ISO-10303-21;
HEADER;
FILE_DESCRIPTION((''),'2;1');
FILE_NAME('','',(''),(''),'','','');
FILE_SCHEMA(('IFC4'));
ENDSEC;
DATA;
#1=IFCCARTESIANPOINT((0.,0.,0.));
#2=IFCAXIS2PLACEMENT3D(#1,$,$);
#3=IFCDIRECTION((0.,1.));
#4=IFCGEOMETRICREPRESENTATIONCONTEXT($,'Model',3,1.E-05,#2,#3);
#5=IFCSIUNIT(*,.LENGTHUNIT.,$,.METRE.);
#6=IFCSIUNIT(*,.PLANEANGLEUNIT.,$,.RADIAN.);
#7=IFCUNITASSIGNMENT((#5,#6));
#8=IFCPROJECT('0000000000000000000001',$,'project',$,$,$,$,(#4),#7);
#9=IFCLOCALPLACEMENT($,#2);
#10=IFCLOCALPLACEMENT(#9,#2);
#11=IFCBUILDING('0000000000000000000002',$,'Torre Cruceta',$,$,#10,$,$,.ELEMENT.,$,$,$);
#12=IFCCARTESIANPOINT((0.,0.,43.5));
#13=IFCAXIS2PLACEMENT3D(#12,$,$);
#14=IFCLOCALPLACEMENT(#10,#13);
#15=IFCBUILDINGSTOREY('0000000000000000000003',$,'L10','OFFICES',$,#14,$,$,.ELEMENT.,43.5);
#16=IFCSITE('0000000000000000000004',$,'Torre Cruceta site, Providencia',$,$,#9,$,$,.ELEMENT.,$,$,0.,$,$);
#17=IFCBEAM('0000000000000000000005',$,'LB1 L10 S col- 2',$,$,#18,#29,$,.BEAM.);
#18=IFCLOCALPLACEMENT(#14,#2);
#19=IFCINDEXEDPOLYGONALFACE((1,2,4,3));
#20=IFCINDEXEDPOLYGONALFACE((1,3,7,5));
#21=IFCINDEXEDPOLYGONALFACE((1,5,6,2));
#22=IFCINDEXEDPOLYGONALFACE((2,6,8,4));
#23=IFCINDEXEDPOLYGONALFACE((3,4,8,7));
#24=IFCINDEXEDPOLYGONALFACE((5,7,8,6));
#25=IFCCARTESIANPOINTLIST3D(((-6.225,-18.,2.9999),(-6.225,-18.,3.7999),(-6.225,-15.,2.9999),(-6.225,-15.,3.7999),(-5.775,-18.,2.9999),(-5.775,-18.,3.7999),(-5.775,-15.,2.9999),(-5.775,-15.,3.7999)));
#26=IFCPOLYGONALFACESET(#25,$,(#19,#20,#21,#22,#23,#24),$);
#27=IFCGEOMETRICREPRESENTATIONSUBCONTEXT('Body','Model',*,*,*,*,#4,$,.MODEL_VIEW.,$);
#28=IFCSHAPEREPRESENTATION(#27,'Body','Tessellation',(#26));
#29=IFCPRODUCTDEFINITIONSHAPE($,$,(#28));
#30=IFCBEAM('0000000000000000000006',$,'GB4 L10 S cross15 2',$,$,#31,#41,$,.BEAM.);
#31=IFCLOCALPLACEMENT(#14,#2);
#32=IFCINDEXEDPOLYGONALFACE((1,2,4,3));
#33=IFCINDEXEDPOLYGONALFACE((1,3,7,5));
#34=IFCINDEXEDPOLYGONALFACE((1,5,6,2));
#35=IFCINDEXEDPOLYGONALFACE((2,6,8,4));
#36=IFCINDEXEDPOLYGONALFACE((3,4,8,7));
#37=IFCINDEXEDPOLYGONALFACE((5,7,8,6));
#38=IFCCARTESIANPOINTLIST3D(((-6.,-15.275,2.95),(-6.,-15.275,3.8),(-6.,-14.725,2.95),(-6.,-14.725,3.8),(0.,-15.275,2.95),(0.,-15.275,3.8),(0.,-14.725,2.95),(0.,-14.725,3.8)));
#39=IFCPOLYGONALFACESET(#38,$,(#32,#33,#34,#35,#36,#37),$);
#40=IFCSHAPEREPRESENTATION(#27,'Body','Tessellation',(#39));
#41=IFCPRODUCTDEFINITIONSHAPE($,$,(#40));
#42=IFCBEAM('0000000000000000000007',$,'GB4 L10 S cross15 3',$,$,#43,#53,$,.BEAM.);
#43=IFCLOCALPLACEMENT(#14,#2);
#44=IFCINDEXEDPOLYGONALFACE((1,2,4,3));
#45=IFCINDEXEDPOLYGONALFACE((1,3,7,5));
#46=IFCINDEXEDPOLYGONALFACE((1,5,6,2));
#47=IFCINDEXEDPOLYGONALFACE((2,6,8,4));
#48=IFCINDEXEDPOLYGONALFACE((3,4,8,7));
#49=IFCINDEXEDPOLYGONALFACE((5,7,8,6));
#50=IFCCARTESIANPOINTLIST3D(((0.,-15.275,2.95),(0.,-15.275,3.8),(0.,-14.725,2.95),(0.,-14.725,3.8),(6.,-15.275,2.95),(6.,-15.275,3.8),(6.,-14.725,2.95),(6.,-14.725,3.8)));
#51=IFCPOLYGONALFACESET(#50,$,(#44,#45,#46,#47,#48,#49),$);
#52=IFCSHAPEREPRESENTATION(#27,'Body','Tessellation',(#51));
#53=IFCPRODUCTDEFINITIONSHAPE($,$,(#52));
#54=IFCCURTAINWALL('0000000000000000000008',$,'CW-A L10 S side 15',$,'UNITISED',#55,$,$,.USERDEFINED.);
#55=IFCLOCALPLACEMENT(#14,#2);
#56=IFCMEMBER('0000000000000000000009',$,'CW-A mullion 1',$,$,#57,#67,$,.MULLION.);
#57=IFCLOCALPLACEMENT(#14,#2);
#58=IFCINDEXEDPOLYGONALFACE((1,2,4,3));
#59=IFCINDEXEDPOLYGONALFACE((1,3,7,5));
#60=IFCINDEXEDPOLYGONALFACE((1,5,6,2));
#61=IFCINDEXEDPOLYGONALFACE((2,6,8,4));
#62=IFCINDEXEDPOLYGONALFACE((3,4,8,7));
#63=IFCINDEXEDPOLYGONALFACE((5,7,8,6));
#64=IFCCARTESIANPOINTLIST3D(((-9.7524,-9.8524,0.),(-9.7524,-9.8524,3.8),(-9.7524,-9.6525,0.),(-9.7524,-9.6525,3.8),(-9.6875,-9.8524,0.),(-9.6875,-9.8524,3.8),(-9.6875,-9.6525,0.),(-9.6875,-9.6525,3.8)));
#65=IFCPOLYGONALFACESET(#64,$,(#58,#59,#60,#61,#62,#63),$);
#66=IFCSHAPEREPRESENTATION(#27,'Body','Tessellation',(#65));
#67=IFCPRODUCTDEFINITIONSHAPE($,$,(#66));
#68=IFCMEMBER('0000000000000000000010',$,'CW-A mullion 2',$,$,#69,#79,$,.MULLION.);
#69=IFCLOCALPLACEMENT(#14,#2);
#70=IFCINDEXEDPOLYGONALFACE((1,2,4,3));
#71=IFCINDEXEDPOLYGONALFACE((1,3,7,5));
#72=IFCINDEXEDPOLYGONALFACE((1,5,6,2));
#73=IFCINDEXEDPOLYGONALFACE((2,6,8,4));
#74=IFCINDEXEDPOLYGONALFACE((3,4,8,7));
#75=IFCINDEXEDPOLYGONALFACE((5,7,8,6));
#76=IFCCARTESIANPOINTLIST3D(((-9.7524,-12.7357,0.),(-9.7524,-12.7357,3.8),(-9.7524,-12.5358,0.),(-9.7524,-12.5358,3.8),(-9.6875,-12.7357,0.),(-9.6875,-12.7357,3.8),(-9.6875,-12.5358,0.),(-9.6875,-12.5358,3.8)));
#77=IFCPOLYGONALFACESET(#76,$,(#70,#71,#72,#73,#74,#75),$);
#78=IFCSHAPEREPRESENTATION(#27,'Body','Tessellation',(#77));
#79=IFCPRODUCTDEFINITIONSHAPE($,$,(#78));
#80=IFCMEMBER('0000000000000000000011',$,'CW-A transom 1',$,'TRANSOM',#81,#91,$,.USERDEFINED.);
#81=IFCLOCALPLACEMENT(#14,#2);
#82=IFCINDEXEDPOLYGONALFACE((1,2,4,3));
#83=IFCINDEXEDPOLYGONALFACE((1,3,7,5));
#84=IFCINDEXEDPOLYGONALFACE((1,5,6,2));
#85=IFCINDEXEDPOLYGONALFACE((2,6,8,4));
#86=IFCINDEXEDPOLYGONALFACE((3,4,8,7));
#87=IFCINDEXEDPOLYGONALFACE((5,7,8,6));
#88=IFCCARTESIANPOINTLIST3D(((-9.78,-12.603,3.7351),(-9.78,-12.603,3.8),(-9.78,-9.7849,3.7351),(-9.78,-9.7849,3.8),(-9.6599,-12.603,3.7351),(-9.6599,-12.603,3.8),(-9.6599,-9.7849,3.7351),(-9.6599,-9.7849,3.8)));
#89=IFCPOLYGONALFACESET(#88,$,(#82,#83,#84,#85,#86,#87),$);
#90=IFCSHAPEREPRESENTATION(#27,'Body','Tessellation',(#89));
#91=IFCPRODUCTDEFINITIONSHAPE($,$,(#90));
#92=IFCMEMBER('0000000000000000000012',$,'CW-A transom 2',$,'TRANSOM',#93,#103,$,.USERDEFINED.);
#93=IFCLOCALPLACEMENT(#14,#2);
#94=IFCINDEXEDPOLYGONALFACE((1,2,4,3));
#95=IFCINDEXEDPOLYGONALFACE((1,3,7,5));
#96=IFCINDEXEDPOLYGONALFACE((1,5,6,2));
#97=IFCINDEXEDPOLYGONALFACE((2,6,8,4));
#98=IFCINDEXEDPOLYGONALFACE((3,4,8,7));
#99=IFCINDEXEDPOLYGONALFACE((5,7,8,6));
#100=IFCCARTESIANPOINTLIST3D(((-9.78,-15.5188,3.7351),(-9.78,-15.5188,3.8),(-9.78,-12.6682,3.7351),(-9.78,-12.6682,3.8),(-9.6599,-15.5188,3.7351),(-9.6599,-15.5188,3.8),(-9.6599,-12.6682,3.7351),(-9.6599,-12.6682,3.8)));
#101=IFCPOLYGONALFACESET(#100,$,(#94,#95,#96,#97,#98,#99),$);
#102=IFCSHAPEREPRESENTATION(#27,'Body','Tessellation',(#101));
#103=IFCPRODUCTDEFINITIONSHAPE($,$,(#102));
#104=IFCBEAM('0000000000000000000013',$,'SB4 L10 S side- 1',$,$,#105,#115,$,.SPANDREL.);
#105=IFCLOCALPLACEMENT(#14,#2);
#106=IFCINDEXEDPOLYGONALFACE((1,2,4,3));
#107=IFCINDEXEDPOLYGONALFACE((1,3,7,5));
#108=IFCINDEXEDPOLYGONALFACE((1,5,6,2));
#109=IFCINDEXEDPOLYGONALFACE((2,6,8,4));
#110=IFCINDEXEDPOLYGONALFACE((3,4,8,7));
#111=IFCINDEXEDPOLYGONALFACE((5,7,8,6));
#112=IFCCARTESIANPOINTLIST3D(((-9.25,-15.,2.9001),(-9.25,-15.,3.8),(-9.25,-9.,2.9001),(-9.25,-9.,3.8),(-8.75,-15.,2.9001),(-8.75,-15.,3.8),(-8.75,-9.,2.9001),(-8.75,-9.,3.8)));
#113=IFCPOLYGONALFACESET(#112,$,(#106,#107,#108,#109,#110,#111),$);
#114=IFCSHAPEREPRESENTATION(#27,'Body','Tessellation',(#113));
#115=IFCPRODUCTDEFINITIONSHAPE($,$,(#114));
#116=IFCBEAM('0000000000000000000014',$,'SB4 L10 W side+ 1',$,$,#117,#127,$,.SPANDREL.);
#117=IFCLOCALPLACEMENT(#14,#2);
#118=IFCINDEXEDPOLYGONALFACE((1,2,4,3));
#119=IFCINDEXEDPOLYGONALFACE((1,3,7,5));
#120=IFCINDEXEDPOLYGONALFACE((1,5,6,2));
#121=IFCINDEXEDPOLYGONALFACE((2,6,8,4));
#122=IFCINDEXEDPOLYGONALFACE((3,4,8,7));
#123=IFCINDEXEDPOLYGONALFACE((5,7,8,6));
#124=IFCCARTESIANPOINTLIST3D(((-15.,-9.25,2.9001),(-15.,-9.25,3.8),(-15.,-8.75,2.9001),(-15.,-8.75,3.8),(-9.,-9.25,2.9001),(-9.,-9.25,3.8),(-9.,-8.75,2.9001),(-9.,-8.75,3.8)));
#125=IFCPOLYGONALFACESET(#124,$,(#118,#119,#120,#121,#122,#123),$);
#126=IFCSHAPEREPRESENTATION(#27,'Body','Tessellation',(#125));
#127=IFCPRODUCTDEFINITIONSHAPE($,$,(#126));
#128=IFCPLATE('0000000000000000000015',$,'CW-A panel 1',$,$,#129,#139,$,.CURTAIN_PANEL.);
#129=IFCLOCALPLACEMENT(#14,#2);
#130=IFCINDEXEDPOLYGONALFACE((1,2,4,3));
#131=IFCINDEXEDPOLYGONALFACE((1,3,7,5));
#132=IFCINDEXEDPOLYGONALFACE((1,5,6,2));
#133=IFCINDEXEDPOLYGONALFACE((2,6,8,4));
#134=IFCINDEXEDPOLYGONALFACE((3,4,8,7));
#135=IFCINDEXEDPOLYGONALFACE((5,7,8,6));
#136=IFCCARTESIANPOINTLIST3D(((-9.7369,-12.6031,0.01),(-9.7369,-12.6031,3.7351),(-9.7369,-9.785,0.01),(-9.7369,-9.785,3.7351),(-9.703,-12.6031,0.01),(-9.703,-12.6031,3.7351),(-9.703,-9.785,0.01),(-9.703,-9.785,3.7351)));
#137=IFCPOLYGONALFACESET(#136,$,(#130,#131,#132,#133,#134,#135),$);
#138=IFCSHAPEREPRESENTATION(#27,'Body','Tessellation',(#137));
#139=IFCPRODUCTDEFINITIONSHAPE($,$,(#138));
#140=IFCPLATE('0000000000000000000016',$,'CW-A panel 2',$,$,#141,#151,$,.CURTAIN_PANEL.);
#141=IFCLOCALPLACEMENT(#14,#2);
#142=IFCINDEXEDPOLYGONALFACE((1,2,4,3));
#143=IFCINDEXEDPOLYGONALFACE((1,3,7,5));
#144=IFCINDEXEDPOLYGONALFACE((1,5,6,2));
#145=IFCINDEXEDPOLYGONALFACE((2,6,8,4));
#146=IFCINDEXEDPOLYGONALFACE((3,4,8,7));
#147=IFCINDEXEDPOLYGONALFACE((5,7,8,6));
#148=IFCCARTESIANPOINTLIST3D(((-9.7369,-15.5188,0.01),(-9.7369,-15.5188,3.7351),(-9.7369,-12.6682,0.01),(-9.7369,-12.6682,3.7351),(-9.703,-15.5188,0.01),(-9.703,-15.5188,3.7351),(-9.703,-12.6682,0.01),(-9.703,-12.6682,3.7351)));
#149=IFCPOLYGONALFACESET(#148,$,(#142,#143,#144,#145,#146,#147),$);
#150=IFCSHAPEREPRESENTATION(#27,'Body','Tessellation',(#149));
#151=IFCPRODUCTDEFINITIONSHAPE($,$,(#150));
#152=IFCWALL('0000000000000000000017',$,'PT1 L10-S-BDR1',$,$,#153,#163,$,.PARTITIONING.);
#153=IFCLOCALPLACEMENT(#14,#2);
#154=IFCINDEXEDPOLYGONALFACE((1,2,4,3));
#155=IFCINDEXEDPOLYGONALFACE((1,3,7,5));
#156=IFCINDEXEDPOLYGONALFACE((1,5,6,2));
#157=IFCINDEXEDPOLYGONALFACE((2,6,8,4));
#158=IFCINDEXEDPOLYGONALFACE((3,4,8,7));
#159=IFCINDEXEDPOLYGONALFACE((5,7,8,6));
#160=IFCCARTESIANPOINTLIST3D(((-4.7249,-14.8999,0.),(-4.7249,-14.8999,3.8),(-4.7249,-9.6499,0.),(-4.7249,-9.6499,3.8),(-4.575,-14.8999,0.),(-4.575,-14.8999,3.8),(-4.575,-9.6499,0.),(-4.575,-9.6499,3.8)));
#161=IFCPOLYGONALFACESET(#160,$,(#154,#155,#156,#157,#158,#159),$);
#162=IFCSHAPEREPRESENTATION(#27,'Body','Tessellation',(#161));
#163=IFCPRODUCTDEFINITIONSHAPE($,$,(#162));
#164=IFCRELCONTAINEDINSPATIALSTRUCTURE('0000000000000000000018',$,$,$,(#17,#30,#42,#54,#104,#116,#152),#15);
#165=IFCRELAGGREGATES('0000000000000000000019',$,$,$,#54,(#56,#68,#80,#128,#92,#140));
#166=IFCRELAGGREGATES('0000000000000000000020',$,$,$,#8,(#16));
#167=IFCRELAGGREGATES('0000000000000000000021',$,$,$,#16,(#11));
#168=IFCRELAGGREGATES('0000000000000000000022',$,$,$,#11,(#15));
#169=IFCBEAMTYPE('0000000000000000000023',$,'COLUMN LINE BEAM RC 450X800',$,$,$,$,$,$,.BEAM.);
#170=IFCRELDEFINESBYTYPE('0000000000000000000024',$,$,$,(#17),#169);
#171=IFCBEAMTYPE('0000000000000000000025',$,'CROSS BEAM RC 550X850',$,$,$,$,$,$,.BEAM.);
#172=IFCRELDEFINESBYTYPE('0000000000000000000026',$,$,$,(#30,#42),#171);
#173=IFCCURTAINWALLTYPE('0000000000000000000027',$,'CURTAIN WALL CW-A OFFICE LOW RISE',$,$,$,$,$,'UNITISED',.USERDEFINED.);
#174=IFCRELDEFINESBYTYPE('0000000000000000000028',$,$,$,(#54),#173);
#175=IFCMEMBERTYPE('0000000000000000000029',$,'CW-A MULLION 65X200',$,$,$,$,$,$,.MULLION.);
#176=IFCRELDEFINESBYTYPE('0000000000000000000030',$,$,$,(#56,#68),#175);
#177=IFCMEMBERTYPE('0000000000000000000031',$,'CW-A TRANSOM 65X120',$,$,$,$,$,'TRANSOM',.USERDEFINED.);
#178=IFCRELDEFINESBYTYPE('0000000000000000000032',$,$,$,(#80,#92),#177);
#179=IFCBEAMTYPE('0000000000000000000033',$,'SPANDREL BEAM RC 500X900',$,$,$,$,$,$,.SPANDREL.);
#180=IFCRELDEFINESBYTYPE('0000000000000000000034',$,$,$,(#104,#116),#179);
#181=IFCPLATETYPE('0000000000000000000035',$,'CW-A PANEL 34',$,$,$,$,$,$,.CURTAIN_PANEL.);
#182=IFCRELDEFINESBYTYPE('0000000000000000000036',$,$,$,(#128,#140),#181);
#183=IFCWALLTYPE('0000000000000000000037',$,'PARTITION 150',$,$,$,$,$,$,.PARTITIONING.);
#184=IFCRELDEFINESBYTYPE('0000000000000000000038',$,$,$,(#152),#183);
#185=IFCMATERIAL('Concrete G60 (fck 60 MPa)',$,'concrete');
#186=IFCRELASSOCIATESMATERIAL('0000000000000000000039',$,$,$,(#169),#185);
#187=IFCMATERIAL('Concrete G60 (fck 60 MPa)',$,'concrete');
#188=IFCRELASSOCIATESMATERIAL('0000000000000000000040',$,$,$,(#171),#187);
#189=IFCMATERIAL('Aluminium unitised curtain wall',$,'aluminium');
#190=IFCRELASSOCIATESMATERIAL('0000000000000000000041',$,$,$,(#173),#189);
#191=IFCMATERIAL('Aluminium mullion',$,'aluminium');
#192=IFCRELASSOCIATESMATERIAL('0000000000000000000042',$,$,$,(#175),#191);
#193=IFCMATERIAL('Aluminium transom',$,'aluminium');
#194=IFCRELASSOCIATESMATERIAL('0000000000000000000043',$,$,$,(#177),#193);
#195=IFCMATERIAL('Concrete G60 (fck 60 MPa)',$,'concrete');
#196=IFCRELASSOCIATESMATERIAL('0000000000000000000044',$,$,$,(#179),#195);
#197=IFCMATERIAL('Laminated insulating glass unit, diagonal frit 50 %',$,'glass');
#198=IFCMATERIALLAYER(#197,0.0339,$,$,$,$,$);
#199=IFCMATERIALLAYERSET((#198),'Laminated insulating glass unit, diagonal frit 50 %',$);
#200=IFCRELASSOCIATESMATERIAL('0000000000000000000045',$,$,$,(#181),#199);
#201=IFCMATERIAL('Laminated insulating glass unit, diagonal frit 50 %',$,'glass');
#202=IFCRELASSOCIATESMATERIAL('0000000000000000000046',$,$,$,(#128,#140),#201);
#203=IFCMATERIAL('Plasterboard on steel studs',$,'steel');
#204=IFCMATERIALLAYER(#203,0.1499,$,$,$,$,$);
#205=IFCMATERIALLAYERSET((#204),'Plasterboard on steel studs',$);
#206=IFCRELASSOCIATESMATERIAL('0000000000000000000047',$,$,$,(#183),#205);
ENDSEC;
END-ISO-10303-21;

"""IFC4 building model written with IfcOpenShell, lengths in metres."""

from ifc_helpers import new_model, si_unit, direction, frame, frame_2d, origin, origin_2d, place, context, subcontext, project, spatial, rectangle, extrude, material, layer, layer_set, material_profile, profile_set, type_object, element, aggregate, save


model = new_model("IFC4")

# Units and contexts
model_context = context("Model", 3, precision=1e-05, world=origin(), true_north=direction((0.0, 1.0)))
body_context = subcontext(model_context, "Body", "Model", "MODEL_VIEW")
ifc_project = project(units=[si_unit("LENGTHUNIT", "METRE"), si_unit("PLANEANGLEUNIT", "RADIAN")], contexts=[model_context])

# Site, building, storey
site_placement = place(None, origin())
site = spatial("IfcSite", under=ifc_project, at=site_placement, Name="Torre Cruceta site, Providencia", CompositionType="ELEMENT", RefElevation=0.0)
building_placement = place(site_placement, origin())
building = spatial("IfcBuilding", under=site, at=building_placement, Name="Torre Cruceta", CompositionType="ELEMENT")
storey_placement = place(building_placement, frame((0.0, 0.0, 43.5)))
storey = spatial("IfcBuildingStorey", under=building, at=storey_placement, Name="L10", Description="OFFICES", CompositionType="ELEMENT", Elevation=43.5)

# Beams
ifc_material_1 = material(Name="Concrete G60 (fck 60 MPa)", Category="concrete")
ifc_material_profile_1 = material_profile(ifc_material_1, rectangle(XDim=0.45, YDim=0.8, at=origin_2d()), Name="RC 450X800")
ifc_profile_set_1 = profile_set([ifc_material_profile_1], Name="Concrete G60 (fck 60 MPa)")
beam_type_1 = type_object("IfcBeamType", Name="COLUMN LINE BEAM RC 450X800", PredefinedType="BEAM", material=ifc_profile_set_1)
beam_placement = place(storey_placement, frame((-6.0, -15.0, 3.3999), z_axis=(0.0, -1.0, 0.0), x_axis=(1.0, 0.0, 0.0)))
element("IfcBeam", 1, at=beam_placement, inside=storey, type_object=beam_type_1, Name="LB1 L10 S col- 2", PredefinedType="BEAM", context=body_context, shape_type="SweptSolid", body=[
    extrude(rectangle(XDim=0.45, YDim=0.8, at=origin_2d()), origin(), (0.0, 0.0, 1.0), 3.0),
])
ifc_material_2 = material(Name="Concrete G60 (fck 60 MPa)", Category="concrete")
ifc_material_profile_2 = material_profile(ifc_material_2, rectangle(XDim=0.55, YDim=0.8501, at=origin_2d()), Name="RC 550X850")
ifc_profile_set_2 = profile_set([ifc_material_profile_2], Name="Concrete G60 (fck 60 MPa)")
beam_type_2 = type_object("IfcBeamType", Name="CROSS BEAM RC 550X850", PredefinedType="BEAM", material=ifc_profile_set_2)
for number, where, z_axis, x_axis, name in (
    (2, (-6.0, -15.0, 3.375), (1.0, 0.0, 0.0), (0.0, 1.0, 0.0), "GB4 L10 S cross15 2"),
    (3, (0.0, -15.0, 3.375), (1.0, 0.0, 0.0), (0.0, 1.0, 0.0), "GB4 L10 S cross15 3"),
):
    element("IfcBeam", number, at=place(storey_placement, frame(where, z_axis=z_axis, x_axis=x_axis)), inside=storey, type_object=beam_type_2, Name=name, PredefinedType="BEAM", context=body_context, shape_type="SweptSolid", body=[
        extrude(rectangle(XDim=0.55, YDim=0.8501, at=origin_2d()), origin(), (0.0, 0.0, 1.0), 6.0),
    ])

# Curtain wall, members
ifc_material_3 = material(Name="Aluminium unitised curtain wall", Category="aluminium")
curtain_wall_type = type_object("IfcCurtainWallType", Name="CURTAIN WALL CW-A OFFICE LOW RISE", ElementType="UNITISED", PredefinedType="USERDEFINED", material=ifc_material_3)
curtain_wall_placement = place(storey_placement, origin())
curtain_wall = element("IfcCurtainWall", 4, at=curtain_wall_placement, inside=storey, type_object=curtain_wall_type, Name="CW-A L10 S side 15", ObjectType="UNITISED", PredefinedType="USERDEFINED")
ifc_material_4 = material(Name="Aluminium mullion", Category="aluminium")
ifc_material_profile_3 = material_profile(ifc_material_4, rectangle(XDim=0.0649, YDim=0.2, at=origin_2d()), Name="AL 65X200")
ifc_profile_set_3 = profile_set([ifc_material_profile_3], Name="Aluminium mullion")
member_type_1 = type_object("IfcMemberType", Name="CW-A MULLION 65X200", PredefinedType="MULLION", material=ifc_profile_set_3)
member_1_placement = place(storey_placement, frame((-9.72, -9.7524, 0.0), z_axis=(0.0, 0.0, 1.0), x_axis=(1.0, 0.0, 0.0)))
member_1 = element("IfcMember", 5, at=member_1_placement, type_object=member_type_1, Name="CW-A mullion 1", PredefinedType="MULLION", context=body_context, shape_type="SweptSolid", body=[
    extrude(rectangle(XDim=0.0649, YDim=0.2, at=origin_2d()), origin(), (0.0, 0.0, 1.0), 3.8),
])
member_2_placement = place(storey_placement, frame((-9.72, -12.6357, 0.0), z_axis=(0.0, 0.0, 1.0), x_axis=(1.0, 0.0, 0.0)))
member_2 = element("IfcMember", 6, at=member_2_placement, type_object=member_type_1, Name="CW-A mullion 2", PredefinedType="MULLION", context=body_context, shape_type="SweptSolid", body=[
    extrude(rectangle(XDim=0.0649, YDim=0.2, at=origin_2d()), origin(), (0.0, 0.0, 1.0), 3.8),
])
ifc_material_5 = material(Name="Aluminium transom", Category="aluminium")
ifc_material_profile_4 = material_profile(ifc_material_5, rectangle(XDim=0.1201, YDim=0.0649, at=origin_2d()), Name="AL 120X65")
ifc_profile_set_4 = profile_set([ifc_material_profile_4], Name="Aluminium transom")
member_type_2 = type_object("IfcMemberType", Name="CW-A TRANSOM 65X120", ElementType="TRANSOM", PredefinedType="USERDEFINED", material=ifc_profile_set_4)
member_3_placement = place(storey_placement, frame((-9.72, -9.7849, 3.7676), z_axis=(0.0, -1.0, 0.0), x_axis=(1.0, 0.0, 0.0)))
member_3 = element("IfcMember", 7, at=member_3_placement, type_object=member_type_2, Name="CW-A transom 1", ObjectType="TRANSOM", PredefinedType="USERDEFINED", context=body_context, shape_type="SweptSolid", body=[
    extrude(rectangle(XDim=0.1201, YDim=0.0649, at=origin_2d()), origin(), (0.0, 0.0, 1.0), 2.8181),
])
member_4_placement = place(storey_placement, frame((-9.72, -12.6682, 3.7676), z_axis=(0.0, -1.0, 0.0), x_axis=(1.0, 0.0, 0.0)))
member_4 = element("IfcMember", 8, at=member_4_placement, type_object=member_type_2, Name="CW-A transom 2", ObjectType="TRANSOM", PredefinedType="USERDEFINED", context=body_context, shape_type="SweptSolid", body=[
    extrude(rectangle(XDim=0.1201, YDim=0.0649, at=origin_2d()), origin(), (0.0, 0.0, 1.0), 2.8506),
])

# Beams
ifc_material_6 = material(Name="Concrete G60 (fck 60 MPa)", Category="concrete")
ifc_material_profile_5 = material_profile(ifc_material_6, rectangle(XDim=0.5, YDim=0.8999, at=origin_2d()), Name="RC 500X900")
ifc_profile_set_5 = profile_set([ifc_material_profile_5], Name="Concrete G60 (fck 60 MPa)")
beam_type_3 = type_object("IfcBeamType", Name="SPANDREL BEAM RC 500X900", PredefinedType="SPANDREL", material=ifc_profile_set_5)
for number, where, z_axis, x_axis, name in (
    (9, (-9.0, -9.0, 3.3501), (0.0, -1.0, 0.0), (1.0, 0.0, 0.0), "SB4 L10 S side- 1"),
    (10, (-9.0, -9.0, 3.3501), (-1.0, 0.0, 0.0), (0.0, -1.0, 0.0), "SB4 L10 W side+ 1"),
):
    element("IfcBeam", number, at=place(storey_placement, frame(where, z_axis=z_axis, x_axis=x_axis)), inside=storey, type_object=beam_type_3, Name=name, PredefinedType="SPANDREL", context=body_context, shape_type="SweptSolid", body=[
        extrude(rectangle(XDim=0.5, YDim=0.8999, at=origin_2d()), origin(), (0.0, 0.0, 1.0), 6.0),
    ])

# Plates
ifc_material_7 = material(Name="Laminated insulating glass unit, diagonal frit 50 %", Category="glass")
ifc_material_8 = material(Name="Laminated insulating glass unit, diagonal frit 50 %", Category="glass")
ifc_layer_1 = layer(ifc_material_8, 0.0339)
ifc_layer_set_1 = layer_set([ifc_layer_1], Name="Laminated insulating glass unit, diagonal frit 50 %")
plate_type = type_object("IfcPlateType", Name="CW-A PANEL 34", PredefinedType="CURTAIN_PANEL", material=ifc_layer_set_1)
plate_1_placement = place(storey_placement, frame((-9.72, -11.1941, 0.01), z_axis=(0.0, 0.0, 1.0), x_axis=(0.0, -1.0, 0.0)))
plate_1 = element("IfcPlate", 11, at=plate_1_placement, type_object=plate_type, material=ifc_material_7, Name="CW-A panel 1", PredefinedType="CURTAIN_PANEL", context=body_context, shape_type="SweptSolid", body=[
    extrude(rectangle(XDim=2.8181, YDim=0.0339, at=origin_2d()), origin(), (0.0, 0.0, 1.0), 3.7251),
])
plate_2_placement = place(storey_placement, frame((-9.72, -14.0935, 0.01), z_axis=(0.0, 0.0, 1.0), x_axis=(0.0, -1.0, 0.0)))
plate_2 = element("IfcPlate", 12, at=plate_2_placement, type_object=plate_type, material=ifc_material_7, Name="CW-A panel 2", PredefinedType="CURTAIN_PANEL", context=body_context, shape_type="SweptSolid", body=[
    extrude(rectangle(XDim=2.8506, YDim=0.0339, at=origin_2d()), origin(), (0.0, 0.0, 1.0), 3.7251),
])
aggregate(curtain_wall, [member_1, member_2, member_3, plate_1, member_4, plate_2])

# Wall
ifc_material_9 = material(Name="Plasterboard on steel studs", Category="steel")
ifc_layer_2 = layer(ifc_material_9, 0.1499)
ifc_layer_set_2 = layer_set([ifc_layer_2], Name="Plasterboard on steel studs")
wall_type_1 = type_object("IfcWallType", Name="PARTITION 150", PredefinedType="PARTITIONING", material=ifc_layer_set_2)
wall_1_placement = place(storey_placement, frame((-4.6499, -9.6499, 0.0), z_axis=(0.0, 0.0, 1.0), x_axis=(0.0, -1.0, 0.0)))
element("IfcWall", 13, at=wall_1_placement, inside=storey, type_object=wall_type_1, Name="PT1 L10-S-BDR1", PredefinedType="PARTITIONING", context=body_context, shape_type="SweptSolid", body=[
    extrude(rectangle(XDim=5.25, YDim=0.1499, at=frame_2d((2.625, 0.0))), origin(), (0.0, 0.0, 1.0), 3.8),
])

save(model, "model.ifc")
